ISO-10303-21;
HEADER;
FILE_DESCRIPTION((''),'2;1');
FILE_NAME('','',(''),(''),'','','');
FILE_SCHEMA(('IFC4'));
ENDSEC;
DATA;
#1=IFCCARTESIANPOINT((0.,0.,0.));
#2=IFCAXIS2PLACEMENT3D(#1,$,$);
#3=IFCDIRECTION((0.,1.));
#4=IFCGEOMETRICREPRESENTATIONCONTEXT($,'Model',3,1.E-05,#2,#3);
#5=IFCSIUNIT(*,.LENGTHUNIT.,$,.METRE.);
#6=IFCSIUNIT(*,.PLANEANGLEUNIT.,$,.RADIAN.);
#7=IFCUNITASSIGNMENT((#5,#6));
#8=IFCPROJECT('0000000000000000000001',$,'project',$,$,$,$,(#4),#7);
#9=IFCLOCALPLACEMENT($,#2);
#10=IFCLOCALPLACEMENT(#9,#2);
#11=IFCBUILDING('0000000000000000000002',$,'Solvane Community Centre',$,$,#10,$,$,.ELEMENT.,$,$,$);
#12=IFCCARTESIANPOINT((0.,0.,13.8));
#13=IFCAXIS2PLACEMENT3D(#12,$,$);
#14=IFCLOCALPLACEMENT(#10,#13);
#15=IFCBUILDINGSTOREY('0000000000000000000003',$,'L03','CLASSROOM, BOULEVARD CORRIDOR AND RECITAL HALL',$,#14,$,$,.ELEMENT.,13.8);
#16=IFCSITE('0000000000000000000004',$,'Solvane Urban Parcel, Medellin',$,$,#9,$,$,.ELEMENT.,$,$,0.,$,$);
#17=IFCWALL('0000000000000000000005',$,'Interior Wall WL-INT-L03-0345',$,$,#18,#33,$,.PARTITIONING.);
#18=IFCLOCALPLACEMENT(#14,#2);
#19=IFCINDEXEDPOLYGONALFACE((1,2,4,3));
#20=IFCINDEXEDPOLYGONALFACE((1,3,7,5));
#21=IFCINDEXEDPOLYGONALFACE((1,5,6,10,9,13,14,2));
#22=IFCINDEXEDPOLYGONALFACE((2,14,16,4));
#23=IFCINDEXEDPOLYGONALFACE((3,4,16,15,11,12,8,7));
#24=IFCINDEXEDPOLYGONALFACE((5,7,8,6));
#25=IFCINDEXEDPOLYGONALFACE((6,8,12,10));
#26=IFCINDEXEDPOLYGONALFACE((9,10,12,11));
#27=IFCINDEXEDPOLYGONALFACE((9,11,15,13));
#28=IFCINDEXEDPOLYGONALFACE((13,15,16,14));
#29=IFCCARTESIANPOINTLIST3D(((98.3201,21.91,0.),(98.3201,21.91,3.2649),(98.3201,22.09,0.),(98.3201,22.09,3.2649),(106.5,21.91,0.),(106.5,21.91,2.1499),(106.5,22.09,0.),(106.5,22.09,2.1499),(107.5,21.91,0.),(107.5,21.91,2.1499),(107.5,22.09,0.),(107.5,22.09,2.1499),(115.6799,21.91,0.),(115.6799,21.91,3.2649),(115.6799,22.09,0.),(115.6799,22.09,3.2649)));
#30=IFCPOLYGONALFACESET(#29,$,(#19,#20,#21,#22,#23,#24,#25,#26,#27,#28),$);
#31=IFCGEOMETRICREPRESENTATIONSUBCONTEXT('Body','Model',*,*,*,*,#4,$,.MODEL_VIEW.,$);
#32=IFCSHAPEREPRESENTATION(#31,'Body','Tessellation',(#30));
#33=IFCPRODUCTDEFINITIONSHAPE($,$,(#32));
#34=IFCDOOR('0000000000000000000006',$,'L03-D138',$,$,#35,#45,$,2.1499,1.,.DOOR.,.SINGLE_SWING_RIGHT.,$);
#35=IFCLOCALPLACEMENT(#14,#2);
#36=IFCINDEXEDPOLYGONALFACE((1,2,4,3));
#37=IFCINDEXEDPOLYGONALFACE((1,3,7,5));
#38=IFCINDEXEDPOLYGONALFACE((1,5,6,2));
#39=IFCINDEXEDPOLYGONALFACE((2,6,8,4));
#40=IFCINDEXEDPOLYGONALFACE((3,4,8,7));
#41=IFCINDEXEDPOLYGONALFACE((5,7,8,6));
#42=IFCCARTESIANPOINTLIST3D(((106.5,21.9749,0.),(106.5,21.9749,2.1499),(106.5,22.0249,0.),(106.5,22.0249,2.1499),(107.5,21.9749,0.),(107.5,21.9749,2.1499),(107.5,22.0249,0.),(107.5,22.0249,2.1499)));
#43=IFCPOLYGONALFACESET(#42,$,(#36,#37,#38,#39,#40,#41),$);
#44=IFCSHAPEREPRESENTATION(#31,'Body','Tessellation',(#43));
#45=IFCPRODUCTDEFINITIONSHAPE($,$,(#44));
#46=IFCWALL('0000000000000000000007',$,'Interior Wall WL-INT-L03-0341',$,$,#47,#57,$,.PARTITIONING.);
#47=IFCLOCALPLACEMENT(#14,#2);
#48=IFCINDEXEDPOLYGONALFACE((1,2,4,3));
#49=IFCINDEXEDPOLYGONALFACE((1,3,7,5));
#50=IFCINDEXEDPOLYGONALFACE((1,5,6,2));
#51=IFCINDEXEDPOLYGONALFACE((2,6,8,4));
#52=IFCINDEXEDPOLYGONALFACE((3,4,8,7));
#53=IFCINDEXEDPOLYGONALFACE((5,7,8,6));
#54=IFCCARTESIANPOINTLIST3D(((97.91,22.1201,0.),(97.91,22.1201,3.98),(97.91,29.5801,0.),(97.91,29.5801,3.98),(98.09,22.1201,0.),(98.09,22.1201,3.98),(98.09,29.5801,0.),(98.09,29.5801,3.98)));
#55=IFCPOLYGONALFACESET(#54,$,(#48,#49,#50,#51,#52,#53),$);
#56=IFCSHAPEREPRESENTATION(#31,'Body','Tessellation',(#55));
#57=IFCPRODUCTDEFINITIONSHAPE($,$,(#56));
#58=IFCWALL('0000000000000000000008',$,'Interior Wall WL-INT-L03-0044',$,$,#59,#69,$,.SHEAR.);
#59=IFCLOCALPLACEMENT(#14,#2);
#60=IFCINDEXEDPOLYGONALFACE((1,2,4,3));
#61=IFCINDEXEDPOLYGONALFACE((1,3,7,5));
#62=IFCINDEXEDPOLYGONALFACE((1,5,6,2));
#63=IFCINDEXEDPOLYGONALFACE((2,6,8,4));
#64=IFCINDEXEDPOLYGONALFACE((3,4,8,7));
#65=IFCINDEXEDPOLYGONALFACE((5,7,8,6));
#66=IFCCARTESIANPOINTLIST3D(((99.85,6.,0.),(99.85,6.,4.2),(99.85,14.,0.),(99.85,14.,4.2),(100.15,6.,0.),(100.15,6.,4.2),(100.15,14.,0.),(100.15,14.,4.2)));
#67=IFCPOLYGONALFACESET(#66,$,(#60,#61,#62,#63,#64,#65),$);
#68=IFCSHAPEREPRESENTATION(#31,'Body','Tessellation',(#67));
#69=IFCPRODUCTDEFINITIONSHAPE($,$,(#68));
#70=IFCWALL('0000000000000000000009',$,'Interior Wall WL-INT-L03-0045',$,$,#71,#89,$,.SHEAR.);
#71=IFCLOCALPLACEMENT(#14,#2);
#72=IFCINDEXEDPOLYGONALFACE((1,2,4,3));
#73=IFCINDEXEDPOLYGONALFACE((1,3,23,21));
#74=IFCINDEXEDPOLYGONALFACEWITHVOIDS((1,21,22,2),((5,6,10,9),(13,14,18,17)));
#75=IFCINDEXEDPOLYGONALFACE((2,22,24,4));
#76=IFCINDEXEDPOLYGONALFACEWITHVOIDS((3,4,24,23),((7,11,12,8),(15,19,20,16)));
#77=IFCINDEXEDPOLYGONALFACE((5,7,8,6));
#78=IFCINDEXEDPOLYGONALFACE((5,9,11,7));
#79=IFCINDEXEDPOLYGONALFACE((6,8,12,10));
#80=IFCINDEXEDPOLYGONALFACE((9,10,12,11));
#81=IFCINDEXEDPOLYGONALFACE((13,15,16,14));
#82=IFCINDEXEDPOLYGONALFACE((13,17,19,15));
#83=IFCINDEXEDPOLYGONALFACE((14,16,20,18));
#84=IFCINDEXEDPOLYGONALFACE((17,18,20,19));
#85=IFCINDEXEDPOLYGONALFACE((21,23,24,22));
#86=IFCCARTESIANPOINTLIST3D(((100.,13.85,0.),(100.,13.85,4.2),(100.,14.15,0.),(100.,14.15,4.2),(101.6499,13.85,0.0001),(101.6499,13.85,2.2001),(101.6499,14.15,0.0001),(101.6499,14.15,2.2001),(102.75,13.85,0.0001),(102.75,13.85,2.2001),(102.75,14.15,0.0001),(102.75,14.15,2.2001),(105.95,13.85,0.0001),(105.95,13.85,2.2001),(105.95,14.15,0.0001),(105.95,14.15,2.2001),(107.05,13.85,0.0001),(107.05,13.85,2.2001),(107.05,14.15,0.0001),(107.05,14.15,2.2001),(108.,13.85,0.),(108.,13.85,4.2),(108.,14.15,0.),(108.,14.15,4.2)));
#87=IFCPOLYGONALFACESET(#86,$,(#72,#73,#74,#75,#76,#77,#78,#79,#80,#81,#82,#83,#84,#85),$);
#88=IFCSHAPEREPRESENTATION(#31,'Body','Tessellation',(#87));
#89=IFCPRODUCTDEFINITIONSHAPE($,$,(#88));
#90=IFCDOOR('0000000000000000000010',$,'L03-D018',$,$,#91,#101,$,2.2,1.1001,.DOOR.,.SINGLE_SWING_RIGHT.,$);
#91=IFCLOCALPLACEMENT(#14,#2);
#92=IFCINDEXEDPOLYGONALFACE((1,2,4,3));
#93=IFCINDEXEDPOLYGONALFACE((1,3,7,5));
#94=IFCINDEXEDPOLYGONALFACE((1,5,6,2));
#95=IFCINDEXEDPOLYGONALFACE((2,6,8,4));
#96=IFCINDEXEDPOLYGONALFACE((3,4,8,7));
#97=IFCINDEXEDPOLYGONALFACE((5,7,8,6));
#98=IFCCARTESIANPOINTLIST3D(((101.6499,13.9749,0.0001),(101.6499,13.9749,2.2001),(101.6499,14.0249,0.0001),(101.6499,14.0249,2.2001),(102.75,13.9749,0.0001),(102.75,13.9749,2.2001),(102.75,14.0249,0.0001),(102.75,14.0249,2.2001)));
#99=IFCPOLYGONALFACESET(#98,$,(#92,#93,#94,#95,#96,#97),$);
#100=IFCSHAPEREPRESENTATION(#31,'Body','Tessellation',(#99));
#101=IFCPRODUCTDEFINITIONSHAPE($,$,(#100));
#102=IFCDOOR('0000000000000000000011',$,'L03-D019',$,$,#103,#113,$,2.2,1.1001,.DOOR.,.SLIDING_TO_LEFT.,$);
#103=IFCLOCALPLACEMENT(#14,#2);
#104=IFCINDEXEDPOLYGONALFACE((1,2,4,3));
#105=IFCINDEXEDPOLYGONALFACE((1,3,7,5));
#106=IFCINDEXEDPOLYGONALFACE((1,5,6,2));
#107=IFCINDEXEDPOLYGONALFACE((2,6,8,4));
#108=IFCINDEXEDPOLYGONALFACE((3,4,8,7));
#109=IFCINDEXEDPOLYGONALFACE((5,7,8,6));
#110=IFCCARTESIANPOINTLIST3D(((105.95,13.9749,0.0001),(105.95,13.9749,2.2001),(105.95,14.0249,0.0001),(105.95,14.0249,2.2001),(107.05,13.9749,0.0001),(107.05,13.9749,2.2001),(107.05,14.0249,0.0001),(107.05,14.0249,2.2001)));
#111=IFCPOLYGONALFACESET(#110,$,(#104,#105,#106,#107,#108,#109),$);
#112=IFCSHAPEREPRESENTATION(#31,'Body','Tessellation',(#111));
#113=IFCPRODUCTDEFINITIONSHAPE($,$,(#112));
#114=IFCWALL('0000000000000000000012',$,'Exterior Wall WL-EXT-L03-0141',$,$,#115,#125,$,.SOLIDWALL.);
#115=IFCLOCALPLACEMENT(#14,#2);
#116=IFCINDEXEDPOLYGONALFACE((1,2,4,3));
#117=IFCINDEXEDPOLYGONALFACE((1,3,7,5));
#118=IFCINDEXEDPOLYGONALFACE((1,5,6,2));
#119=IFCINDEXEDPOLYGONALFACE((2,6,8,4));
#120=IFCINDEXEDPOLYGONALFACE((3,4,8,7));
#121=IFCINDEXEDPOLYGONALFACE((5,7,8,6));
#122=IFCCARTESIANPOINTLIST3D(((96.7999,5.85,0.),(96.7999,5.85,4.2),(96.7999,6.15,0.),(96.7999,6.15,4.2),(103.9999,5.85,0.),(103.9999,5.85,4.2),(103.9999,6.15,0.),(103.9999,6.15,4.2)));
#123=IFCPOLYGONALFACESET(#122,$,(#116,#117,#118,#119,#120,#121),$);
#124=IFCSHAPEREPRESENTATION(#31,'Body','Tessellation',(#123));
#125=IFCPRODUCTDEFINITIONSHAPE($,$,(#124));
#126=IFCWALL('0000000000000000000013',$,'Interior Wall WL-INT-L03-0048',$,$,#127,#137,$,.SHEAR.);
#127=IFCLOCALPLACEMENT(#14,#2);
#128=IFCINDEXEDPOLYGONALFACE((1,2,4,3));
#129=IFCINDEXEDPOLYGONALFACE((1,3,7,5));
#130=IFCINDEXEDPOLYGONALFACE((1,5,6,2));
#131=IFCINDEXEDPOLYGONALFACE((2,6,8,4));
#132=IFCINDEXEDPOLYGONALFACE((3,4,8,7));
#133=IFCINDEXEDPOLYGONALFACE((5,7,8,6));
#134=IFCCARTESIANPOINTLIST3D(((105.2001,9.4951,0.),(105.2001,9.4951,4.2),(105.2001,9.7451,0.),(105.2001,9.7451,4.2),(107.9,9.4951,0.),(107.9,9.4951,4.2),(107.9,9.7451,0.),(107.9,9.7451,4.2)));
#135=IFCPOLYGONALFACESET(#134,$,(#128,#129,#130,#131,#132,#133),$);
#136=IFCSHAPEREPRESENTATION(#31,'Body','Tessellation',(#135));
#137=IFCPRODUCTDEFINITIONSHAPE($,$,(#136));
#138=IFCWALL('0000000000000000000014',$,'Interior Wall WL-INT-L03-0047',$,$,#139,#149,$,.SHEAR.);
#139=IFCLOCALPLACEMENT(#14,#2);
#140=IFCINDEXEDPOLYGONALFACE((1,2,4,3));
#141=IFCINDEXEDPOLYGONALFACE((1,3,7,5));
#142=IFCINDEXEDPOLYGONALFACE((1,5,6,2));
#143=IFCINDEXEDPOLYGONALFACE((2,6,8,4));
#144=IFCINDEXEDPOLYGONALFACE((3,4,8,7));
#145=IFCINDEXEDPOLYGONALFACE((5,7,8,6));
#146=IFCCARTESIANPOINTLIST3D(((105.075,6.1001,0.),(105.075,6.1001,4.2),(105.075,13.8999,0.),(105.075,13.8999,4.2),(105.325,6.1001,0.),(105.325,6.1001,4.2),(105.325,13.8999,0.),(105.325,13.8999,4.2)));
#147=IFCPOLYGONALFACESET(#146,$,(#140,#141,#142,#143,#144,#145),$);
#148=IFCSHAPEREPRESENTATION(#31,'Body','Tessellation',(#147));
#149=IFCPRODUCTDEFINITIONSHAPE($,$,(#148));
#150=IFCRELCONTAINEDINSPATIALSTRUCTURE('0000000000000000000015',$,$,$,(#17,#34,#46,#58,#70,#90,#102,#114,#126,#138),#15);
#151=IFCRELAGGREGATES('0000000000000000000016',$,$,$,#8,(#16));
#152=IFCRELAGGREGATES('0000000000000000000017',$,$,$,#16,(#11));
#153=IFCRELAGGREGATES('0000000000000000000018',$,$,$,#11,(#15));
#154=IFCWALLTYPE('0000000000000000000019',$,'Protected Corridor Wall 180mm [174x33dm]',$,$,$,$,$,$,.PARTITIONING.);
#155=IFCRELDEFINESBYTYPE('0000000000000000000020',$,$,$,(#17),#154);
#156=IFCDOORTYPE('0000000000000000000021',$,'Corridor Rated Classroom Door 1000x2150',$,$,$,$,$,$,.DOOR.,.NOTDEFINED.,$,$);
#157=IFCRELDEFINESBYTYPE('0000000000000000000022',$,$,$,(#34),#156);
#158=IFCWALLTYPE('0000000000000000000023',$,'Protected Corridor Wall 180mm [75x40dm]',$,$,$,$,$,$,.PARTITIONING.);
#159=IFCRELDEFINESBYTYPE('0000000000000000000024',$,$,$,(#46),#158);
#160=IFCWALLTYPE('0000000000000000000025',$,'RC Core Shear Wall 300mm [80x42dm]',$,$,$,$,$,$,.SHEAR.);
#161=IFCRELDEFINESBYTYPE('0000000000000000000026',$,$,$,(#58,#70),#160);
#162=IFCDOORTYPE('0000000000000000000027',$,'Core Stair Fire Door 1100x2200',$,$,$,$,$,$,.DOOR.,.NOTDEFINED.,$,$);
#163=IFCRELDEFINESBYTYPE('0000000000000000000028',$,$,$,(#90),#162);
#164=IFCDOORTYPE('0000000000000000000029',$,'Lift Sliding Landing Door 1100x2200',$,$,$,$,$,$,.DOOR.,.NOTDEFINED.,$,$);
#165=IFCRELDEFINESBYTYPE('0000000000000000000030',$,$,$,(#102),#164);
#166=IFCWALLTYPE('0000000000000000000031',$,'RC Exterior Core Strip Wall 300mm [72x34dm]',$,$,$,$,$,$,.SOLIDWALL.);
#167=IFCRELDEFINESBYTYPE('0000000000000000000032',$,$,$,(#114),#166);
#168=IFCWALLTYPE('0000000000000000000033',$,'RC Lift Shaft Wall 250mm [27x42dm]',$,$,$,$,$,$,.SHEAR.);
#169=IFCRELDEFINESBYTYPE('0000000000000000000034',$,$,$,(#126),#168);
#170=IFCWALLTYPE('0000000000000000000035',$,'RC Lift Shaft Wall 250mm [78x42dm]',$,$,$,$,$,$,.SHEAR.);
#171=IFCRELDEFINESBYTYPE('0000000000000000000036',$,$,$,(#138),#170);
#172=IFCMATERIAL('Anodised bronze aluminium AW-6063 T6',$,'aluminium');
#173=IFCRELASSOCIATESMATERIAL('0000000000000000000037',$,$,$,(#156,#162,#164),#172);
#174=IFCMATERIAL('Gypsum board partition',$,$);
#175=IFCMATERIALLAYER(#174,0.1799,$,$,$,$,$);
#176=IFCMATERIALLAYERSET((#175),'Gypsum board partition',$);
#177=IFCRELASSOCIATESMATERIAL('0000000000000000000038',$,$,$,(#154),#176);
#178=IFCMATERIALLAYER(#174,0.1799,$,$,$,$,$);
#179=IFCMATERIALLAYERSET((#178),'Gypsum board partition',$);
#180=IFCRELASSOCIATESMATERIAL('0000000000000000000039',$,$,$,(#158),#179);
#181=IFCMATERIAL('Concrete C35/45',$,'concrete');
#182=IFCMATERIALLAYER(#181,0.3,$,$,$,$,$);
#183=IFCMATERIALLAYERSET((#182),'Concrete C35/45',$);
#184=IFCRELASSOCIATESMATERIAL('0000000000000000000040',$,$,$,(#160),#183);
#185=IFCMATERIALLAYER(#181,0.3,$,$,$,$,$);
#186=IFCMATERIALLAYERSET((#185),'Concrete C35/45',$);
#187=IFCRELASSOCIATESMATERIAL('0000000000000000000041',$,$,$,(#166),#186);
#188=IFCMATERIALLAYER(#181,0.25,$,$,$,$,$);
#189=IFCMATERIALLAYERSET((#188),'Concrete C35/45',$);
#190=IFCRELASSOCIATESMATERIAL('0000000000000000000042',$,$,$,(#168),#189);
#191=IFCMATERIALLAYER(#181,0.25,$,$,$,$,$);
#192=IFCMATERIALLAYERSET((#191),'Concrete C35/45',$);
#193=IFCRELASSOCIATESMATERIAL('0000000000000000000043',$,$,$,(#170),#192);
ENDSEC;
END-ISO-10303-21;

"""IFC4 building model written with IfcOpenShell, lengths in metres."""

from ifc_helpers import new_model, si_unit, direction, frame, frame_2d, origin, place, context, subcontext, project, spatial, rectangle, extrude, material, layer, layer_set, type_object, element, fill, save


model = new_model("IFC4")

# Units and contexts
model_context = context("Model", 3, precision=1e-05, world=origin(), true_north=direction((0.0, 1.0)))
body_context = subcontext(model_context, "Body", "Model", "MODEL_VIEW")
ifc_project = project(units=[si_unit("LENGTHUNIT", "METRE"), si_unit("PLANEANGLEUNIT", "RADIAN")], contexts=[model_context])

# Site, building, storey
site_placement = place(None, origin())
site = spatial("IfcSite", under=ifc_project, at=site_placement, Name="Solvane Urban Parcel, Medellin", CompositionType="ELEMENT", RefElevation=0.0)
building_placement = place(site_placement, origin())
building = spatial("IfcBuilding", under=site, at=building_placement, Name="Solvane Community Centre", CompositionType="ELEMENT")
storey_placement = place(building_placement, frame((0.0, 0.0, 13.8)))
storey = spatial("IfcBuildingStorey", under=building, at=storey_placement, Name="L03", Description="CLASSROOM, BOULEVARD CORRIDOR AND RECITAL HALL", CompositionType="ELEMENT", Elevation=13.8)

# Wall, opening, door
ifc_material_1 = material(Name="Gypsum board partition")
ifc_material_2 = material(Name="Anodised bronze aluminium AW-6063 T6", Category="aluminium")
door_type_1 = type_object("IfcDoorType", Name="Corridor Rated Classroom Door 1000x2150", OperationType="NOTDEFINED", PredefinedType="DOOR", material=ifc_material_2)
ifc_layer_1 = layer(ifc_material_1, 0.1799)
ifc_layer_set_1 = layer_set([ifc_layer_1], Name="Gypsum board partition")
wall_type_1 = type_object("IfcWallType", Name="Protected Corridor Wall 180mm [174x33dm]", PredefinedType="PARTITIONING", material=ifc_layer_set_1)
wall_1_placement = place(storey_placement, frame((98.3201, 22.0, 0.0), z_axis=(0.0, 0.0, 1.0), x_axis=(1.0, 0.0, 0.0)))
wall_1 = element("IfcWall", 1, at=wall_1_placement, inside=storey, type_object=wall_type_1, Name="Interior Wall WL-INT-L03-0345", PredefinedType="PARTITIONING", context=body_context, shape_type="SweptSolid", body=[
    extrude(rectangle(XDim=17.3599, YDim=0.1799, at=frame_2d((8.6799, 0.0))), origin(), (0.0, 0.0, 1.0), 3.2649),
])
opening_1_placement = place(wall_1_placement, frame((8.1799, 0.0, 0.0)))
opening_1 = element("IfcOpeningElement", 2, at=opening_1_placement, cuts=wall_1, PredefinedType="OPENING", context=body_context, shape_type="SweptSolid", body=[
    extrude(rectangle(XDim=1.0, YDim=2.1499, at=frame_2d((0.5, 1.075))), frame((0.0, 0.0999, 0.0), z_axis=(0.0, -1.0, 0.0), x_axis=(1.0, 0.0, 0.0)), (0.0, 0.0, 1.0), 0.2),
])
door_1_placement = place(opening_1_placement, origin())
door_1 = element("IfcDoor", 3, at=door_1_placement, inside=storey, type_object=door_type_1, Name="L03-D138", OperationType="SINGLE_SWING_RIGHT", OverallHeight=2.1499, OverallWidth=1.0, PredefinedType="DOOR", context=body_context, shape_type="SweptSolid", body=[
    extrude(rectangle(XDim=1.0, YDim=2.1499, at=frame_2d((0.5, 1.075))), frame((0.0, 0.0249, 0.0), z_axis=(0.0, -1.0, 0.0), x_axis=(1.0, 0.0, 0.0)), (0.0, 0.0, 1.0), 0.05),
])
fill(opening_1, door_1)

# Walls
ifc_layer_2 = layer(ifc_material_1, 0.1799)
ifc_layer_set_2 = layer_set([ifc_layer_2], Name="Gypsum board partition")
wall_type_2 = type_object("IfcWallType", Name="Protected Corridor Wall 180mm [75x40dm]", PredefinedType="PARTITIONING", material=ifc_layer_set_2)
wall_2_placement = place(storey_placement, frame((98.0, 22.1201, 0.0), z_axis=(0.0, 0.0, 1.0), x_axis=(0.0, 1.0, 0.0)))
element("IfcWall", 4, at=wall_2_placement, inside=storey, type_object=wall_type_2, Name="Interior Wall WL-INT-L03-0341", PredefinedType="PARTITIONING", context=body_context, shape_type="SweptSolid", body=[
    extrude(rectangle(XDim=7.46, YDim=0.1799, at=frame_2d((3.73, 0.0))), origin(), (0.0, 0.0, 1.0), 3.98),
])
ifc_material_3 = material(Name="Concrete C35/45", Category="concrete")
ifc_layer_3 = layer(ifc_material_3, 0.3)
ifc_layer_set_3 = layer_set([ifc_layer_3], Name="Concrete C35/45")
wall_type_3 = type_object("IfcWallType", Name="RC Core Shear Wall 300mm [80x42dm]", PredefinedType="SHEAR", material=ifc_layer_set_3)
wall_3_placement = place(storey_placement, frame((100.0, 6.0, 0.0), z_axis=(0.0, 0.0, 1.0), x_axis=(0.0, 1.0, 0.0)))
element("IfcWall", 5, at=wall_3_placement, inside=storey, type_object=wall_type_3, Name="Interior Wall WL-INT-L03-0044", PredefinedType="SHEAR", context=body_context, shape_type="SweptSolid", body=[
    extrude(rectangle(XDim=8.0, YDim=0.3, at=frame_2d((4.0, 0.0))), origin(), (0.0, 0.0, 1.0), 4.2),
])

# Wall, openings, doors
wall_4_placement = place(storey_placement, frame((100.0, 14.0, 0.0), z_axis=(0.0, 0.0, 1.0), x_axis=(1.0, 0.0, 0.0)))
wall_4 = element("IfcWall", 6, at=wall_4_placement, inside=storey, type_object=wall_type_3, Name="Interior Wall WL-INT-L03-0045", PredefinedType="SHEAR", context=body_context, shape_type="SweptSolid", body=[
    extrude(rectangle(XDim=8.0, YDim=0.3, at=frame_2d((4.0, 0.0))), origin(), (0.0, 0.0, 1.0), 4.2),
])
opening_2_placement = place(wall_4_placement, frame((1.6499, 0.0, 0.0)))
opening_2 = element("IfcOpeningElement", 7, at=opening_2_placement, cuts=wall_4, PredefinedType="OPENING", context=body_context, shape_type="SweptSolid", body=[
    extrude(rectangle(XDim=1.1001, YDim=2.2, at=frame_2d((0.55, 1.1001))), frame((0.0, 0.1599, 0.0), z_axis=(0.0, -1.0, 0.0), x_axis=(1.0, 0.0, 0.0)), (0.0, 0.0, 1.0), 0.3201),
])
opening_3_placement = place(wall_4_placement, frame((5.95, 0.0, 0.0)))
opening_3 = element("IfcOpeningElement", 8, at=opening_3_placement, cuts=wall_4, PredefinedType="OPENING", context=body_context, shape_type="SweptSolid", body=[
    extrude(rectangle(XDim=1.1001, YDim=2.2, at=frame_2d((0.55, 1.1001))), frame((0.0, 0.1599, 0.0), z_axis=(0.0, -1.0, 0.0), x_axis=(1.0, 0.0, 0.0)), (0.0, 0.0, 1.0), 0.3201),
])
door_type_2 = type_object("IfcDoorType", Name="Core Stair Fire Door 1100x2200", OperationType="NOTDEFINED", PredefinedType="DOOR", material=ifc_material_2)
door_2_placement = place(opening_2_placement, origin())
door_2 = element("IfcDoor", 9, at=door_2_placement, inside=storey, type_object=door_type_2, Name="L03-D018", OperationType="SINGLE_SWING_RIGHT", OverallHeight=2.2, OverallWidth=1.1001, PredefinedType="DOOR", context=body_context, shape_type="SweptSolid", body=[
    extrude(rectangle(XDim=1.1001, YDim=2.2, at=frame_2d((0.55, 1.1001))), frame((0.0, 0.0249, 0.0), z_axis=(0.0, -1.0, 0.0), x_axis=(1.0, 0.0, 0.0)), (0.0, 0.0, 1.0), 0.05),
])
fill(opening_2, door_2)
door_type_3 = type_object("IfcDoorType", Name="Lift Sliding Landing Door 1100x2200", OperationType="NOTDEFINED", PredefinedType="DOOR", material=ifc_material_2)
door_3_placement = place(opening_3_placement, origin())
door_3 = element("IfcDoor", 10, at=door_3_placement, inside=storey, type_object=door_type_3, Name="L03-D019", OperationType="SLIDING_TO_LEFT", OverallHeight=2.2, OverallWidth=1.1001, PredefinedType="DOOR", context=body_context, shape_type="SweptSolid", body=[
    extrude(rectangle(XDim=1.1001, YDim=2.2, at=frame_2d((0.55, 1.1001))), frame((0.0, 0.0249, 0.0), z_axis=(0.0, -1.0, 0.0), x_axis=(1.0, 0.0, 0.0)), (0.0, 0.0, 1.0), 0.05),
])
fill(opening_3, door_3)

# Walls
ifc_layer_4 = layer(ifc_material_3, 0.3)
ifc_layer_set_4 = layer_set([ifc_layer_4], Name="Concrete C35/45")
wall_type_4 = type_object("IfcWallType", Name="RC Exterior Core Strip Wall 300mm [72x34dm]", PredefinedType="SOLIDWALL", material=ifc_layer_set_4)
wall_5_placement = place(storey_placement, frame((104.0, 6.0, 0.0), z_axis=(0.0, 0.0, 1.0), x_axis=(-1.0, 0.0, 0.0)))
element("IfcWall", 11, at=wall_5_placement, inside=storey, type_object=wall_type_4, Name="Exterior Wall WL-EXT-L03-0141", PredefinedType="SOLIDWALL", context=body_context, shape_type="SweptSolid", body=[
    extrude(rectangle(XDim=7.2, YDim=0.3, at=frame_2d((3.6001, 0.0))), origin(), (0.0, 0.0, 1.0), 4.2),
])
ifc_layer_5 = layer(ifc_material_3, 0.25)
ifc_layer_set_5 = layer_set([ifc_layer_5], Name="Concrete C35/45")
wall_type_5 = type_object("IfcWallType", Name="RC Lift Shaft Wall 250mm [27x42dm]", PredefinedType="SHEAR", material=ifc_layer_set_5)
wall_6_placement = place(storey_placement, frame((105.2, 9.6201, 0.0), z_axis=(0.0, 0.0, 1.0), x_axis=(1.0, 0.0, 0.0)))
element("IfcWall", 12, at=wall_6_placement, inside=storey, type_object=wall_type_5, Name="Interior Wall WL-INT-L03-0048", PredefinedType="SHEAR", context=body_context, shape_type="SweptSolid", body=[
    extrude(rectangle(XDim=2.7, YDim=0.25, at=frame_2d((1.3501, 0.0))), origin(), (0.0, 0.0, 1.0), 4.2),
])
ifc_layer_6 = layer(ifc_material_3, 0.25)
ifc_layer_set_6 = layer_set([ifc_layer_6], Name="Concrete C35/45")
wall_type_6 = type_object("IfcWallType", Name="RC Lift Shaft Wall 250mm [78x42dm]", PredefinedType="SHEAR", material=ifc_layer_set_6)
wall_7_placement = place(storey_placement, frame((105.2, 6.1001, 0.0), z_axis=(0.0, 0.0, 1.0), x_axis=(0.0, 1.0, 0.0)))
element("IfcWall", 13, at=wall_7_placement, inside=storey, type_object=wall_type_6, Name="Interior Wall WL-INT-L03-0047", PredefinedType="SHEAR", context=body_context, shape_type="SweptSolid", body=[
    extrude(rectangle(XDim=7.7998, YDim=0.25, at=frame_2d((3.8999, 0.0))), origin(), (0.0, 0.0, 1.0), 4.2),
])

save(model, "model.ifc")
